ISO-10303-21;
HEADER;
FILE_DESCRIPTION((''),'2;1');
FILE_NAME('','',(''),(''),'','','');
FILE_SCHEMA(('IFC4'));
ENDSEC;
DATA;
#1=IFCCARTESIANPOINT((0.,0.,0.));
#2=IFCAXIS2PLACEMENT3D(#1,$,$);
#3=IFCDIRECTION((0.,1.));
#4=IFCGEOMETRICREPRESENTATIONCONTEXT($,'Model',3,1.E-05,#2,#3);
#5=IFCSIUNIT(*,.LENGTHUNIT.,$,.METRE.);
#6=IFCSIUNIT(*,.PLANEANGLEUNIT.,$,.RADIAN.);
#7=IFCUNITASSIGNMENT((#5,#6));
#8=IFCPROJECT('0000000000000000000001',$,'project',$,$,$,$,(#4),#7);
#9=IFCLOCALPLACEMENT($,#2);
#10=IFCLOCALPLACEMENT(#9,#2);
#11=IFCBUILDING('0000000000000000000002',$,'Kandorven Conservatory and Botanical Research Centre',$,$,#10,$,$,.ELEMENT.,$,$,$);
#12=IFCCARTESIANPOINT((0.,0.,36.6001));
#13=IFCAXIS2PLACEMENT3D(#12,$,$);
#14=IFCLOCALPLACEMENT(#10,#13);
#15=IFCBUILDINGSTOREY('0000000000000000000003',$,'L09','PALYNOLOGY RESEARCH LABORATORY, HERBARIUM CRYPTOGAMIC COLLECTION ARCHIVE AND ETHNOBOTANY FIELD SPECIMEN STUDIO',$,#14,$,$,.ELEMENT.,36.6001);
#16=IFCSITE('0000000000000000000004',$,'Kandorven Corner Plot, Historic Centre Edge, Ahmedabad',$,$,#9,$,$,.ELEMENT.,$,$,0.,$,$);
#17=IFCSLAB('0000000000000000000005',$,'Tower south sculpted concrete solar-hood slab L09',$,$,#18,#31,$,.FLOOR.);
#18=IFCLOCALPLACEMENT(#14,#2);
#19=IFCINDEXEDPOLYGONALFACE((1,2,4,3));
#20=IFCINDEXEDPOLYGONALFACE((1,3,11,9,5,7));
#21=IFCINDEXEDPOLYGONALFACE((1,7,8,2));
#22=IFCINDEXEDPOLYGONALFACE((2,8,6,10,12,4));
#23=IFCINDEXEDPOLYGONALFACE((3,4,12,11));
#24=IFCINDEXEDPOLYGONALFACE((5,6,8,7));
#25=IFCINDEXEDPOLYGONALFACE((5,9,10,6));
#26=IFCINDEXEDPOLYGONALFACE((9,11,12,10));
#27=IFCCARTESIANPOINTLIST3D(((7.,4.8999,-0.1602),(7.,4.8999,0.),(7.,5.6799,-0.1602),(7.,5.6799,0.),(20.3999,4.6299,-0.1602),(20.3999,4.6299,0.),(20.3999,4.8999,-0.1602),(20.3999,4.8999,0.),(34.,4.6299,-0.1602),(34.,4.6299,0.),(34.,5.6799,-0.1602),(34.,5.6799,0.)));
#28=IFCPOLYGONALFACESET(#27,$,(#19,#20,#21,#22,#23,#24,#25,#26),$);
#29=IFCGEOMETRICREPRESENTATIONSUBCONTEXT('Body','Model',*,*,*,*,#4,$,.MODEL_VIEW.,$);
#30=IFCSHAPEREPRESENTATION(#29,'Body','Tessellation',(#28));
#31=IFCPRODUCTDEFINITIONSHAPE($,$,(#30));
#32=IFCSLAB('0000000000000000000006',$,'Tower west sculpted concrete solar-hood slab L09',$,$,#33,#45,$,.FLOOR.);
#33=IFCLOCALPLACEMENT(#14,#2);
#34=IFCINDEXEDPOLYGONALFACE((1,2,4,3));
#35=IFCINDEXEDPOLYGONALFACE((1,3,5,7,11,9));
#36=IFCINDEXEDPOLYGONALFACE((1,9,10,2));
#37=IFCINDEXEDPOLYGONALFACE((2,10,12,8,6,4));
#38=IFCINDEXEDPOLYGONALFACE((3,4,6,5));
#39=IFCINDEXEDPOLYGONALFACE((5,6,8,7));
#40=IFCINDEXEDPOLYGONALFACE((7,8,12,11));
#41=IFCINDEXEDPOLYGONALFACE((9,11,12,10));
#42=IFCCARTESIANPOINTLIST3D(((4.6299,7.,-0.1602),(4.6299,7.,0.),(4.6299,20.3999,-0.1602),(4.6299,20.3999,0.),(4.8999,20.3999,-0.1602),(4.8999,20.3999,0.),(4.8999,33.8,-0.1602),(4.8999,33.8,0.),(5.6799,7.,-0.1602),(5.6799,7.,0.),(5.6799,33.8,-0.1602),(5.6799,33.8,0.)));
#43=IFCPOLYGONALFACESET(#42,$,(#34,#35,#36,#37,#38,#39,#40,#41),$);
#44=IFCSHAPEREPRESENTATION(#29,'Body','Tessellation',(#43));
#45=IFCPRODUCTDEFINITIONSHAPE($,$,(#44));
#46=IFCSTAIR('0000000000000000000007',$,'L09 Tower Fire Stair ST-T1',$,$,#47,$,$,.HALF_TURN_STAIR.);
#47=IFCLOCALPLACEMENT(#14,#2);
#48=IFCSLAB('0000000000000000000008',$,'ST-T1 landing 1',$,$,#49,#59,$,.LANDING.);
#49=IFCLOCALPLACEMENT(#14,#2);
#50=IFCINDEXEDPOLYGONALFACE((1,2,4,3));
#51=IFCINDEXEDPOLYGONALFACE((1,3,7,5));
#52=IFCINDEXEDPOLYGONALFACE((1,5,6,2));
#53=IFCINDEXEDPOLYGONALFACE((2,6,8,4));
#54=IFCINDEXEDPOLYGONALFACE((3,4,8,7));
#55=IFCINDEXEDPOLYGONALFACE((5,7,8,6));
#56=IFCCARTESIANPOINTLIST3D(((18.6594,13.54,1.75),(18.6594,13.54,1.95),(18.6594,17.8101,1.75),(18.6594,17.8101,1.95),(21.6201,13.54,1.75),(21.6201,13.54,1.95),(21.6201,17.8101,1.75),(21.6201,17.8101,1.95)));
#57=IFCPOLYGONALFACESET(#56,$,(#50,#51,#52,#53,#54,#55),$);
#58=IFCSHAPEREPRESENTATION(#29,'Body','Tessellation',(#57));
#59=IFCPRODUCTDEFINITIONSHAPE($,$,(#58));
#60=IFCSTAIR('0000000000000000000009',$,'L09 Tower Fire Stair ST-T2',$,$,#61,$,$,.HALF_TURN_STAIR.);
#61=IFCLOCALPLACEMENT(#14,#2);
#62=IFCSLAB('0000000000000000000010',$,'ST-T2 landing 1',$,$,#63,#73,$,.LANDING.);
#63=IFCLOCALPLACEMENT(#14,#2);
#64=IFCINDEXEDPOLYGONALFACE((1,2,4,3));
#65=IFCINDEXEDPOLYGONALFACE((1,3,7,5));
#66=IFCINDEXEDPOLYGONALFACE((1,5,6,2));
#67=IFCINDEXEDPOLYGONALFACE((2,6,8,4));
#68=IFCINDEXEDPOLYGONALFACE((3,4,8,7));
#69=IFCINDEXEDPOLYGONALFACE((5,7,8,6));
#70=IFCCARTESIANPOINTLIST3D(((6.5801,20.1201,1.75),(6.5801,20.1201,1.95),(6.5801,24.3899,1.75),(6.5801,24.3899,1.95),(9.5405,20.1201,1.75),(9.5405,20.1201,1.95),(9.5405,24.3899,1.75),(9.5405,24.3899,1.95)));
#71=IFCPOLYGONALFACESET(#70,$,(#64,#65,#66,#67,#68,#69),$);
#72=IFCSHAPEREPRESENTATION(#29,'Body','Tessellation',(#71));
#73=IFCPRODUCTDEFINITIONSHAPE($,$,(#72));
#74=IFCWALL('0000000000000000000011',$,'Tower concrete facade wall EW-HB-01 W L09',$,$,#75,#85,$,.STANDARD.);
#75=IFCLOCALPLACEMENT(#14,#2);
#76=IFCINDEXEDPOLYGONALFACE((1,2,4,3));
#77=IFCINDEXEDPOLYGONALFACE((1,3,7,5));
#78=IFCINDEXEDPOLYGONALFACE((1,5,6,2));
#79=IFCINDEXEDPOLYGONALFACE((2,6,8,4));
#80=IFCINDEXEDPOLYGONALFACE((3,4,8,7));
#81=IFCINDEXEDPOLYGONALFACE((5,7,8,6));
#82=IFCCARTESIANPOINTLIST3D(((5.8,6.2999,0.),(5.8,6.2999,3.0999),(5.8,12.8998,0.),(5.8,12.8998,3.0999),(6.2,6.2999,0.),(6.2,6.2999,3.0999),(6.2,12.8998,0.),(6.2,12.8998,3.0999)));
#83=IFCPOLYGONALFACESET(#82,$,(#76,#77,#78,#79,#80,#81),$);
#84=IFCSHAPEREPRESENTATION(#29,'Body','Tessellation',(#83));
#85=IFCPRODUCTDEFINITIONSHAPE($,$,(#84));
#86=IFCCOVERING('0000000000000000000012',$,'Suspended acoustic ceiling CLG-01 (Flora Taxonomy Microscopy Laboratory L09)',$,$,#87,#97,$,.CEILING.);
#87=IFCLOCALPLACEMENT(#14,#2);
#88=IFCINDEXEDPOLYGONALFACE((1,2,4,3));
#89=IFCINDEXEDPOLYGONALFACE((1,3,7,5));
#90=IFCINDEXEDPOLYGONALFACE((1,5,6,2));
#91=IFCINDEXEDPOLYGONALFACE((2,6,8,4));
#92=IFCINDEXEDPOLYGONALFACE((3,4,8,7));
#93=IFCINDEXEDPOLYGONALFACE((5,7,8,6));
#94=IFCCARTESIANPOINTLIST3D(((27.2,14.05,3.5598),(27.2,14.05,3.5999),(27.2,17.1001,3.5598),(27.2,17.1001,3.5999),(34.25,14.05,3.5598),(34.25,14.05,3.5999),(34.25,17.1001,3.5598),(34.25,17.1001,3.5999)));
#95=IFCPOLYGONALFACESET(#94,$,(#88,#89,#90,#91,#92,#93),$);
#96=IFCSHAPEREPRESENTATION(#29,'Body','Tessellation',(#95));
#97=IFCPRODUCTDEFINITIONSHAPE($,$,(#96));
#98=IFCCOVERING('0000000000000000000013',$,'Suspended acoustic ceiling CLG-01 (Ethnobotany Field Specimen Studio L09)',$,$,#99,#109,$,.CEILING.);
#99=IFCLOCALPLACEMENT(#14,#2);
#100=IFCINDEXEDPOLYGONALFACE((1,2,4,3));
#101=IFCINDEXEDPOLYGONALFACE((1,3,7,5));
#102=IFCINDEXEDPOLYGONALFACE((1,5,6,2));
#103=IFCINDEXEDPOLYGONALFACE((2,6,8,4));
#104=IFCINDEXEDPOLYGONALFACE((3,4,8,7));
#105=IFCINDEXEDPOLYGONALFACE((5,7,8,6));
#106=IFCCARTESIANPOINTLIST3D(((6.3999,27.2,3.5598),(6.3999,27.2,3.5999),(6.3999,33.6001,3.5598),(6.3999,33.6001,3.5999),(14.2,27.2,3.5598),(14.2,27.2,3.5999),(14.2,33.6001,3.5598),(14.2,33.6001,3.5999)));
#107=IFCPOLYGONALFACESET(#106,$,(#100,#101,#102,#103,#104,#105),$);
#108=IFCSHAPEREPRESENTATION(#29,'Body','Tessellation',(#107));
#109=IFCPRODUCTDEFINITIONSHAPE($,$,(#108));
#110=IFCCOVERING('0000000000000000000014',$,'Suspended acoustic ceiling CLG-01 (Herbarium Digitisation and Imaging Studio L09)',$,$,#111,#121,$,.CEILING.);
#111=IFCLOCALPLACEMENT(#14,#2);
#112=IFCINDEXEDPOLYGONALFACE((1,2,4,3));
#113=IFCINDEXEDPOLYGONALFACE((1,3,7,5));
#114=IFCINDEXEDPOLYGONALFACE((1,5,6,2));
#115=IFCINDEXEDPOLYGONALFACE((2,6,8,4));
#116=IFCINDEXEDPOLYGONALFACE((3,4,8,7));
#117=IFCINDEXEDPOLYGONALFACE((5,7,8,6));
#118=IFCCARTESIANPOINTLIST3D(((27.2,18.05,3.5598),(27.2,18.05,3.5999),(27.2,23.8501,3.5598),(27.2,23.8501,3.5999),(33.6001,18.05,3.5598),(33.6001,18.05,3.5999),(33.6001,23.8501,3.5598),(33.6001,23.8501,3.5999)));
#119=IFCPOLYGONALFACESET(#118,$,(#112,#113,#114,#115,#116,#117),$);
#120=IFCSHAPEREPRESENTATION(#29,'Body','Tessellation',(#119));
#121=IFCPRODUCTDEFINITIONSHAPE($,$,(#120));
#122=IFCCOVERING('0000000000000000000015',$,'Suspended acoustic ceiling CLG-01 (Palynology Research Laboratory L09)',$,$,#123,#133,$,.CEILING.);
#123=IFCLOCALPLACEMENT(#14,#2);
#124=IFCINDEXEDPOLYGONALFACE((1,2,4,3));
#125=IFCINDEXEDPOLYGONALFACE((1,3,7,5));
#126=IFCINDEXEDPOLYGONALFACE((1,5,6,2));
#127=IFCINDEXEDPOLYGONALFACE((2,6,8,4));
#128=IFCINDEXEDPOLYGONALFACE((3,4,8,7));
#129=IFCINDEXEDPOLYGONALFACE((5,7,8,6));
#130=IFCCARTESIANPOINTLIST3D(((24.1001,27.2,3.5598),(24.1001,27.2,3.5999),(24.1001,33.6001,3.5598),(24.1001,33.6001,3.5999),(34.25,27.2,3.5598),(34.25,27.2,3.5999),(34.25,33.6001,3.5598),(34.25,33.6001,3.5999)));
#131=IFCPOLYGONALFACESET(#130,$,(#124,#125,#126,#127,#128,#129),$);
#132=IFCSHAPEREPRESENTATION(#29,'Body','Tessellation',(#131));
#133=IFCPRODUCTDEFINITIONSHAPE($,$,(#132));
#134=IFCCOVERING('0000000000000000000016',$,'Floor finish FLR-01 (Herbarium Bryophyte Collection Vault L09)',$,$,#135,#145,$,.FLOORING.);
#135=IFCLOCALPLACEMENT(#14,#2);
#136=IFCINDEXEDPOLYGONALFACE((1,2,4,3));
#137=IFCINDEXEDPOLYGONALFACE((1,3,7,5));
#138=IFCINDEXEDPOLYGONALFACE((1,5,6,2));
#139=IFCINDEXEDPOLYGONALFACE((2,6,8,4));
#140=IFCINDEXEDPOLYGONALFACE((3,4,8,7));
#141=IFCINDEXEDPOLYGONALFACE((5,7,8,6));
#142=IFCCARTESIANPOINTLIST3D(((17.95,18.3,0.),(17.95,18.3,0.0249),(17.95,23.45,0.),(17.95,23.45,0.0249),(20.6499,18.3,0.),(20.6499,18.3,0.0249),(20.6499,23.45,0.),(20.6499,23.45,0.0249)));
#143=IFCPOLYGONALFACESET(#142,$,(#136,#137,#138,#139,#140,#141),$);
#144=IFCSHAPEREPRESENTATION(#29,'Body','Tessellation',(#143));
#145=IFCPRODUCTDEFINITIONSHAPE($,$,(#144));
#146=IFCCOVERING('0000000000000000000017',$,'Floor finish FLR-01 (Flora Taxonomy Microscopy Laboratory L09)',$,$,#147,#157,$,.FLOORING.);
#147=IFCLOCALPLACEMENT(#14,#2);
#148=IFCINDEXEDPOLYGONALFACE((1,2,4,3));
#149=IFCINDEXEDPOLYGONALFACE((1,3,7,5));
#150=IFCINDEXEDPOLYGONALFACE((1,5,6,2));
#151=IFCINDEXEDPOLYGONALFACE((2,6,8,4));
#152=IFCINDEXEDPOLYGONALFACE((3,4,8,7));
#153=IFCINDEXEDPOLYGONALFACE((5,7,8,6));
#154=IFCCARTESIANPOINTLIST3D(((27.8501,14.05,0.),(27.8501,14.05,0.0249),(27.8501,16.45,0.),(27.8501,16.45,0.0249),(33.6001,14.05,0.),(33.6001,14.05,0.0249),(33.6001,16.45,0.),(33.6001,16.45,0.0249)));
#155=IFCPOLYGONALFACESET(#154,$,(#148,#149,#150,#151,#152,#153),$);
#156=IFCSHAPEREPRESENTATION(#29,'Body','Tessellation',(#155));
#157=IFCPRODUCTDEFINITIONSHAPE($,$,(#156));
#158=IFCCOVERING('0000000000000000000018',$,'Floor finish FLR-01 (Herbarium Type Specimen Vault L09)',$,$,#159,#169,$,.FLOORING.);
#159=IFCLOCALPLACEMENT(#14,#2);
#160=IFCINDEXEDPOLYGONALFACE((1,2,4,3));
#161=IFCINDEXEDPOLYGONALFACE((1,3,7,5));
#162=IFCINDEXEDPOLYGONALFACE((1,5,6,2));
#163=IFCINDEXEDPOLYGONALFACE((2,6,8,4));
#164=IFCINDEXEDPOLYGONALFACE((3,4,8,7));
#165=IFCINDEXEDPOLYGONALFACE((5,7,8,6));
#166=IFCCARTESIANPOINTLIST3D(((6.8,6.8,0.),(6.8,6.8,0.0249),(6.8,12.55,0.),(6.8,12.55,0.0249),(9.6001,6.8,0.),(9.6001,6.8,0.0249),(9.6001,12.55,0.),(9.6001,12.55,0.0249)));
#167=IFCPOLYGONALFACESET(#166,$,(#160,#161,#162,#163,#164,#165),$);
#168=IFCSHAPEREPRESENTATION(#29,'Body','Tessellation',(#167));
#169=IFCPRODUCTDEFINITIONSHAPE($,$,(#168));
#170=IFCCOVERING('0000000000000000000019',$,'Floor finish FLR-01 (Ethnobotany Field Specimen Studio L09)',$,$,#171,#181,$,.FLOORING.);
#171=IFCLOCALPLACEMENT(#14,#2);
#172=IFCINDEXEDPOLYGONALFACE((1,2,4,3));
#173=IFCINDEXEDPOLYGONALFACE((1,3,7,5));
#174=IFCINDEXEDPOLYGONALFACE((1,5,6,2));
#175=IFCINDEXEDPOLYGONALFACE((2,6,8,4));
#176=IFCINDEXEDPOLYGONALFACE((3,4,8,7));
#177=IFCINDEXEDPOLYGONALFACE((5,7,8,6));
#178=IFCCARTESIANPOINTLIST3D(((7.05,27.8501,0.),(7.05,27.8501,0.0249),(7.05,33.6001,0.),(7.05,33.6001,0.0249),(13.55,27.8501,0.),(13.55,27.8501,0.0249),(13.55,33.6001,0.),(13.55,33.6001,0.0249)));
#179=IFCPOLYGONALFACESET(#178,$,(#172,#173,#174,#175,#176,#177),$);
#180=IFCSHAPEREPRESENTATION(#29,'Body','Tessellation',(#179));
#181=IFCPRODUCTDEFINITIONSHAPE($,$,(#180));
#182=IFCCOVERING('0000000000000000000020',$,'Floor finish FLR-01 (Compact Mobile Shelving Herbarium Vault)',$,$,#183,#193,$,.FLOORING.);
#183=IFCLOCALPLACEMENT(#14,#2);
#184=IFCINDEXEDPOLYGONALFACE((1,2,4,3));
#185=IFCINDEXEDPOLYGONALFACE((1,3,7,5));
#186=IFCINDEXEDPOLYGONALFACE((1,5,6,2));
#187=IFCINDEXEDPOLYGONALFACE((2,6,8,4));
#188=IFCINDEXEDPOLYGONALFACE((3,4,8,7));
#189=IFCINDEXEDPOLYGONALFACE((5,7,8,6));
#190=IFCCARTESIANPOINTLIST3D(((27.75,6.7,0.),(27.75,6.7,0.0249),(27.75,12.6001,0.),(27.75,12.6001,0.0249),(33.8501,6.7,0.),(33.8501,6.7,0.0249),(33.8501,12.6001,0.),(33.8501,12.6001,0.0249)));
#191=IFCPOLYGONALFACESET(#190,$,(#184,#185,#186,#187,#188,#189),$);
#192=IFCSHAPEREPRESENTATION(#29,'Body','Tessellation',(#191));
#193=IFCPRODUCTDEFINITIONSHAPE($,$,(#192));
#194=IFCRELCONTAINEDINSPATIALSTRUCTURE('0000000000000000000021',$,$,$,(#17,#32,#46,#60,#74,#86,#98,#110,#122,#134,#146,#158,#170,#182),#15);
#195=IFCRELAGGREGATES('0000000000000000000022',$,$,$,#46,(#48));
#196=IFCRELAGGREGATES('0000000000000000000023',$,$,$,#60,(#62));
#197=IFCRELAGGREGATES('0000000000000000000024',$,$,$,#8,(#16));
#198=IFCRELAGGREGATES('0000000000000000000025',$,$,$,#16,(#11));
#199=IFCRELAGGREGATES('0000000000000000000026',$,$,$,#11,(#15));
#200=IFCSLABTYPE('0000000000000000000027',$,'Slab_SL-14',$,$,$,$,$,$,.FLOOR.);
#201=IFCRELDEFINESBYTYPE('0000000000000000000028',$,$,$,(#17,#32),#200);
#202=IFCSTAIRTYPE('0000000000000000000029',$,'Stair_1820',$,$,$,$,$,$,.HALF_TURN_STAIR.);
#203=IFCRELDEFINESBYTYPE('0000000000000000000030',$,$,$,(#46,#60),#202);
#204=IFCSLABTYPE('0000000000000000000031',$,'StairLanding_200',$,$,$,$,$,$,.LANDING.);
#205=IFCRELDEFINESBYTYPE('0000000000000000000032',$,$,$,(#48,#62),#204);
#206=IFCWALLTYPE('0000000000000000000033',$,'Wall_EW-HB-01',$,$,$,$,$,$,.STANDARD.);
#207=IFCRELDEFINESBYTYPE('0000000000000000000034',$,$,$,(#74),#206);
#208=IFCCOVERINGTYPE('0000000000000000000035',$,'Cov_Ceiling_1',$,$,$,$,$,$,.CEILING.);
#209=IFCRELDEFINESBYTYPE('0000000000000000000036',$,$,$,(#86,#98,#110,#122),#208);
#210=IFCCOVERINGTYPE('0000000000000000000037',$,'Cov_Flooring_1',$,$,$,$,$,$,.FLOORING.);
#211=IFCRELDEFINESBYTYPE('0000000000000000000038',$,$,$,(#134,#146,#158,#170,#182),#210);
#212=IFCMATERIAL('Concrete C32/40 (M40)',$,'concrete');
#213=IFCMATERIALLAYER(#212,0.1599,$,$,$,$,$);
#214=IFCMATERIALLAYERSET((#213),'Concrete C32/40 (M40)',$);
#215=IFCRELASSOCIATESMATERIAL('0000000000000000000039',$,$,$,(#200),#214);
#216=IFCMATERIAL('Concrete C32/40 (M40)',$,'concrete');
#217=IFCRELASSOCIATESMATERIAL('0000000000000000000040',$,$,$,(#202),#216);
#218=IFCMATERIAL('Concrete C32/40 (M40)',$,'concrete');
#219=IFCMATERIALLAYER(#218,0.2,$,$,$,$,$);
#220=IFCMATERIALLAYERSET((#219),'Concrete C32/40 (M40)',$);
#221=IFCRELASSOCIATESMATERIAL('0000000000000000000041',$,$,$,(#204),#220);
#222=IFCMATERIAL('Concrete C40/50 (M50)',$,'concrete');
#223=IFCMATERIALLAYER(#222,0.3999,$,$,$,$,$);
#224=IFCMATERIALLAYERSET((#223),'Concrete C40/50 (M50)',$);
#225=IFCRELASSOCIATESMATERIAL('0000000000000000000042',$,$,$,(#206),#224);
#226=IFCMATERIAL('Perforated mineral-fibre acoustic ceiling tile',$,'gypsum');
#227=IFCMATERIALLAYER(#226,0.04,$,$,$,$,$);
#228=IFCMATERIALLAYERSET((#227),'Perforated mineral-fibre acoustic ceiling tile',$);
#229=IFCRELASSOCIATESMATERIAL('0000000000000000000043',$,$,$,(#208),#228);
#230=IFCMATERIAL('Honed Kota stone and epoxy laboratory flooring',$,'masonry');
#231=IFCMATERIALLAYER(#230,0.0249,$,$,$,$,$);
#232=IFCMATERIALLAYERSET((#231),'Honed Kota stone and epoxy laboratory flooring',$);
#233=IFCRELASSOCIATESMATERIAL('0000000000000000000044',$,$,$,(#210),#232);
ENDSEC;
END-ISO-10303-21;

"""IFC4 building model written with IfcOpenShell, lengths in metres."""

from ifc_helpers import new_model, si_unit, direction, frame, frame_2d, origin, place, context, subcontext, project, spatial, polyline, rectangle, outline, extrude, material, layer, layer_set, type_object, element, aggregate, save


model = new_model("IFC4")

# Units and contexts
model_context = context("Model", 3, precision=1e-05, world=origin(), true_north=direction((0.0, 1.0)))
body_context = subcontext(model_context, "Body", "Model", "MODEL_VIEW")
ifc_project = project(units=[si_unit("LENGTHUNIT", "METRE"), si_unit("PLANEANGLEUNIT", "RADIAN")], contexts=[model_context])

# Site, building, storey
site_placement = place(None, origin())
site = spatial("IfcSite", under=ifc_project, at=site_placement, Name="Kandorven Corner Plot, Historic Centre Edge, Ahmedabad", CompositionType="ELEMENT", RefElevation=0.0)
building_placement = place(site_placement, origin())
building = spatial("IfcBuilding", under=site, at=building_placement, Name="Kandorven Conservatory and Botanical Research Centre", CompositionType="ELEMENT")
storey_placement = place(building_placement, frame((0.0, 0.0, 36.6001)))
storey = spatial("IfcBuildingStorey", under=building, at=storey_placement, Name="L09", Description="PALYNOLOGY RESEARCH LABORATORY, HERBARIUM CRYPTOGAMIC COLLECTION ARCHIVE AND ETHNOBOTANY FIELD SPECIMEN STUDIO", CompositionType="ELEMENT", Elevation=36.6001)

# Slabs
ifc_material_1 = material(Name="Concrete C32/40 (M40)", Category="concrete")
ifc_layer_1 = layer(ifc_material_1, 0.1599)
ifc_layer_set_1 = layer_set([ifc_layer_1], Name="Concrete C32/40 (M40)")
slab_type_1 = type_object("IfcSlabType", Name="Slab_SL-14", PredefinedType="FLOOR", material=ifc_layer_set_1)
slab_1_placement = place(storey_placement, frame((0.0, 0.0, -0.1602)))
element("IfcSlab", 1, at=slab_1_placement, inside=storey, type_object=slab_type_1, Name="Tower south sculpted concrete solar-hood slab L09", PredefinedType="FLOOR", context=body_context, shape_type="SweptSolid", body=[
    extrude(outline(polyline([(7.0, 5.6799), (34.0, 5.6799), (34.0, 4.6299), (20.3999, 4.6299), (20.3999, 4.8999), (7.0, 4.8999), (7.0, 5.6799)])), origin(), (0.0, 0.0, 1.0), 0.1602),
])
slab_2_placement = place(storey_placement, frame((0.0, 0.0, -0.1602)))
element("IfcSlab", 2, at=slab_2_placement, inside=storey, type_object=slab_type_1, Name="Tower west sculpted concrete solar-hood slab L09", PredefinedType="FLOOR", context=body_context, shape_type="SweptSolid", body=[
    extrude(outline(polyline([(4.6299, 7.0), (5.6799, 7.0), (5.6799, 33.8), (4.8999, 33.8), (4.8999, 20.3999), (4.6299, 20.3999), (4.6299, 7.0)])), origin(), (0.0, 0.0, 1.0), 0.1602),
])

# Stairs, slabs
ifc_material_2 = material(Name="Concrete C32/40 (M40)", Category="concrete")
stair_type = type_object("IfcStairType", Name="Stair_1820", PredefinedType="HALF_TURN_STAIR", material=ifc_material_2)
stair_1_placement = place(storey_placement, origin())
stair_1 = element("IfcStair", 3, at=stair_1_placement, inside=storey, type_object=stair_type, Name="L09 Tower Fire Stair ST-T1", PredefinedType="HALF_TURN_STAIR")
ifc_material_3 = material(Name="Concrete C32/40 (M40)", Category="concrete")
ifc_layer_2 = layer(ifc_material_3, 0.2)
ifc_layer_set_2 = layer_set([ifc_layer_2], Name="Concrete C32/40 (M40)")
slab_type_2 = type_object("IfcSlabType", Name="StairLanding_200", PredefinedType="LANDING", material=ifc_layer_set_2)
slab_3_placement = place(storey_placement, frame((0.0, 0.0, 1.75)))
slab_3 = element("IfcSlab", 4, at=slab_3_placement, type_object=slab_type_2, Name="ST-T1 landing 1", PredefinedType="LANDING", context=body_context, shape_type="SweptSolid", body=[
    extrude(outline(polyline([(18.6594, 13.54), (21.6201, 13.54), (21.6201, 17.8101), (18.6594, 17.8101), (18.6594, 13.54)])), origin(), (0.0, 0.0, 1.0), 0.2),
])
aggregate(stair_1, [slab_3])
stair_2_placement = place(storey_placement, origin())
stair_2 = element("IfcStair", 5, at=stair_2_placement, inside=storey, type_object=stair_type, Name="L09 Tower Fire Stair ST-T2", PredefinedType="HALF_TURN_STAIR")
slab_4_placement = place(storey_placement, frame((0.0, 0.0, 1.75)))
slab_4 = element("IfcSlab", 6, at=slab_4_placement, type_object=slab_type_2, Name="ST-T2 landing 1", PredefinedType="LANDING", context=body_context, shape_type="SweptSolid", body=[
    extrude(outline(polyline([(9.5405, 24.3899), (6.5801, 24.3899), (6.5801, 20.1201), (9.5405, 20.1201), (9.5405, 24.3899)])), origin(), (0.0, 0.0, 1.0), 0.2),
])
aggregate(stair_2, [slab_4])

# Wall
ifc_material_4 = material(Name="Concrete C40/50 (M50)", Category="concrete")
ifc_layer_3 = layer(ifc_material_4, 0.3999)
ifc_layer_set_3 = layer_set([ifc_layer_3], Name="Concrete C40/50 (M50)")
wall_type = type_object("IfcWallType", Name="Wall_EW-HB-01", PredefinedType="STANDARD", material=ifc_layer_set_3)
wall_placement = place(storey_placement, frame((6.0, 6.3, 0.0), z_axis=(0.0, 0.0, 1.0), x_axis=(0.0, 1.0, 0.0)))
element("IfcWall", 7, at=wall_placement, inside=storey, type_object=wall_type, Name="Tower concrete facade wall EW-HB-01 W L09", PredefinedType="STANDARD", context=body_context, shape_type="SweptSolid", body=[
    extrude(rectangle(XDim=6.5999, YDim=0.3999, at=frame_2d((3.2998, 0.0))), origin(), (0.0, 0.0, 1.0), 3.0999),
])

# Coverings
ifc_material_5 = material(Name="Perforated mineral-fibre acoustic ceiling tile", Category="gypsum")
ifc_layer_4 = layer(ifc_material_5, 0.04)
ifc_layer_set_4 = layer_set([ifc_layer_4], Name="Perforated mineral-fibre acoustic ceiling tile")
covering_type_1 = type_object("IfcCoveringType", Name="Cov_Ceiling_1", PredefinedType="CEILING", material=ifc_layer_set_4)
covering_1_placement = place(storey_placement, frame((0.0, 0.0, 3.5598)))
element("IfcCovering", 8, at=covering_1_placement, inside=storey, type_object=covering_type_1, Name="Suspended acoustic ceiling CLG-01 (Flora Taxonomy Microscopy Laboratory L09)", PredefinedType="CEILING", context=body_context, shape_type="SweptSolid", body=[
    extrude(outline(polyline([(27.2, 14.05), (34.25, 14.05), (34.25, 17.1001), (27.2, 17.1001), (27.2, 14.05)])), origin(), (0.0, 0.0, 1.0), 0.04),
])
covering_2_placement = place(storey_placement, frame((0.0, 0.0, 3.5598)))
element("IfcCovering", 9, at=covering_2_placement, inside=storey, type_object=covering_type_1, Name="Suspended acoustic ceiling CLG-01 (Ethnobotany Field Specimen Studio L09)", PredefinedType="CEILING", context=body_context, shape_type="SweptSolid", body=[
    extrude(outline(polyline([(6.3999, 27.2), (14.2, 27.2), (14.2, 33.6001), (6.3999, 33.6001), (6.3999, 27.2)])), origin(), (0.0, 0.0, 1.0), 0.04),
])
covering_3_placement = place(storey_placement, frame((0.0, 0.0, 3.5598)))
element("IfcCovering", 10, at=covering_3_placement, inside=storey, type_object=covering_type_1, Name="Suspended acoustic ceiling CLG-01 (Herbarium Digitisation and Imaging Studio L09)", PredefinedType="CEILING", context=body_context, shape_type="SweptSolid", body=[
    extrude(outline(polyline([(27.2, 18.05), (33.6001, 18.05), (33.6001, 23.8501), (27.2, 23.8501), (27.2, 18.05)])), origin(), (0.0, 0.0, 1.0), 0.04),
])
covering_4_placement = place(storey_placement, frame((0.0, 0.0, 3.5598)))
element("IfcCovering", 11, at=covering_4_placement, inside=storey, type_object=covering_type_1, Name="Suspended acoustic ceiling CLG-01 (Palynology Research Laboratory L09)", PredefinedType="CEILING", context=body_context, shape_type="SweptSolid", body=[
    extrude(outline(polyline([(24.1001, 27.2), (34.25, 27.2), (34.25, 33.6001), (24.1001, 33.6001), (24.1001, 27.2)])), origin(), (0.0, 0.0, 1.0), 0.04),
])
ifc_material_6 = material(Name="Honed Kota stone and epoxy laboratory flooring", Category="masonry")
ifc_layer_5 = layer(ifc_material_6, 0.0249)
ifc_layer_set_5 = layer_set([ifc_layer_5], Name="Honed Kota stone and epoxy laboratory flooring")
covering_type_2 = type_object("IfcCoveringType", Name="Cov_Flooring_1", PredefinedType="FLOORING", material=ifc_layer_set_5)
covering_5_placement = place(storey_placement, origin())
element("IfcCovering", 12, at=covering_5_placement, inside=storey, type_object=covering_type_2, Name="Floor finish FLR-01 (Herbarium Bryophyte Collection Vault L09)", PredefinedType="FLOORING", context=body_context, shape_type="SweptSolid", body=[
    extrude(outline(polyline([(17.95, 18.3), (20.6499, 18.3), (20.6499, 23.45), (17.95, 23.45), (17.95, 18.3)])), origin(), (0.0, 0.0, 1.0), 0.0249),
])
covering_6_placement = place(storey_placement, origin())
element("IfcCovering", 13, at=covering_6_placement, inside=storey, type_object=covering_type_2, Name="Floor finish FLR-01 (Flora Taxonomy Microscopy Laboratory L09)", PredefinedType="FLOORING", context=body_context, shape_type="SweptSolid", body=[
    extrude(outline(polyline([(27.8501, 14.05), (33.6001, 14.05), (33.6001, 16.45), (27.8501, 16.45), (27.8501, 14.05)])), origin(), (0.0, 0.0, 1.0), 0.0249),
])
covering_7_placement = place(storey_placement, origin())
element("IfcCovering", 14, at=covering_7_placement, inside=storey, type_object=covering_type_2, Name="Floor finish FLR-01 (Herbarium Type Specimen Vault L09)", PredefinedType="FLOORING", context=body_context, shape_type="SweptSolid", body=[
    extrude(outline(polyline([(6.8, 6.8), (9.6001, 6.8), (9.6001, 12.55), (6.8, 12.55), (6.8, 6.8)])), origin(), (0.0, 0.0, 1.0), 0.0249),
])
covering_8_placement = place(storey_placement, origin())
element("IfcCovering", 15, at=covering_8_placement, inside=storey, type_object=covering_type_2, Name="Floor finish FLR-01 (Ethnobotany Field Specimen Studio L09)", PredefinedType="FLOORING", context=body_context, shape_type="SweptSolid", body=[
    extrude(outline(polyline([(7.05, 27.8501), (13.55, 27.8501), (13.55, 33.6001), (7.05, 33.6001), (7.05, 27.8501)])), origin(), (0.0, 0.0, 1.0), 0.0249),
])
covering_9_placement = place(storey_placement, origin())
element("IfcCovering", 16, at=covering_9_placement, inside=storey, type_object=covering_type_2, Name="Floor finish FLR-01 (Compact Mobile Shelving Herbarium Vault)", PredefinedType="FLOORING", context=body_context, shape_type="SweptSolid", body=[
    extrude(outline(polyline([(27.75, 6.7), (33.8501, 6.7), (33.8501, 12.6001), (27.75, 12.6001), (27.75, 6.7)])), origin(), (0.0, 0.0, 1.0), 0.0249),
])

save(model, "model.ifc")
